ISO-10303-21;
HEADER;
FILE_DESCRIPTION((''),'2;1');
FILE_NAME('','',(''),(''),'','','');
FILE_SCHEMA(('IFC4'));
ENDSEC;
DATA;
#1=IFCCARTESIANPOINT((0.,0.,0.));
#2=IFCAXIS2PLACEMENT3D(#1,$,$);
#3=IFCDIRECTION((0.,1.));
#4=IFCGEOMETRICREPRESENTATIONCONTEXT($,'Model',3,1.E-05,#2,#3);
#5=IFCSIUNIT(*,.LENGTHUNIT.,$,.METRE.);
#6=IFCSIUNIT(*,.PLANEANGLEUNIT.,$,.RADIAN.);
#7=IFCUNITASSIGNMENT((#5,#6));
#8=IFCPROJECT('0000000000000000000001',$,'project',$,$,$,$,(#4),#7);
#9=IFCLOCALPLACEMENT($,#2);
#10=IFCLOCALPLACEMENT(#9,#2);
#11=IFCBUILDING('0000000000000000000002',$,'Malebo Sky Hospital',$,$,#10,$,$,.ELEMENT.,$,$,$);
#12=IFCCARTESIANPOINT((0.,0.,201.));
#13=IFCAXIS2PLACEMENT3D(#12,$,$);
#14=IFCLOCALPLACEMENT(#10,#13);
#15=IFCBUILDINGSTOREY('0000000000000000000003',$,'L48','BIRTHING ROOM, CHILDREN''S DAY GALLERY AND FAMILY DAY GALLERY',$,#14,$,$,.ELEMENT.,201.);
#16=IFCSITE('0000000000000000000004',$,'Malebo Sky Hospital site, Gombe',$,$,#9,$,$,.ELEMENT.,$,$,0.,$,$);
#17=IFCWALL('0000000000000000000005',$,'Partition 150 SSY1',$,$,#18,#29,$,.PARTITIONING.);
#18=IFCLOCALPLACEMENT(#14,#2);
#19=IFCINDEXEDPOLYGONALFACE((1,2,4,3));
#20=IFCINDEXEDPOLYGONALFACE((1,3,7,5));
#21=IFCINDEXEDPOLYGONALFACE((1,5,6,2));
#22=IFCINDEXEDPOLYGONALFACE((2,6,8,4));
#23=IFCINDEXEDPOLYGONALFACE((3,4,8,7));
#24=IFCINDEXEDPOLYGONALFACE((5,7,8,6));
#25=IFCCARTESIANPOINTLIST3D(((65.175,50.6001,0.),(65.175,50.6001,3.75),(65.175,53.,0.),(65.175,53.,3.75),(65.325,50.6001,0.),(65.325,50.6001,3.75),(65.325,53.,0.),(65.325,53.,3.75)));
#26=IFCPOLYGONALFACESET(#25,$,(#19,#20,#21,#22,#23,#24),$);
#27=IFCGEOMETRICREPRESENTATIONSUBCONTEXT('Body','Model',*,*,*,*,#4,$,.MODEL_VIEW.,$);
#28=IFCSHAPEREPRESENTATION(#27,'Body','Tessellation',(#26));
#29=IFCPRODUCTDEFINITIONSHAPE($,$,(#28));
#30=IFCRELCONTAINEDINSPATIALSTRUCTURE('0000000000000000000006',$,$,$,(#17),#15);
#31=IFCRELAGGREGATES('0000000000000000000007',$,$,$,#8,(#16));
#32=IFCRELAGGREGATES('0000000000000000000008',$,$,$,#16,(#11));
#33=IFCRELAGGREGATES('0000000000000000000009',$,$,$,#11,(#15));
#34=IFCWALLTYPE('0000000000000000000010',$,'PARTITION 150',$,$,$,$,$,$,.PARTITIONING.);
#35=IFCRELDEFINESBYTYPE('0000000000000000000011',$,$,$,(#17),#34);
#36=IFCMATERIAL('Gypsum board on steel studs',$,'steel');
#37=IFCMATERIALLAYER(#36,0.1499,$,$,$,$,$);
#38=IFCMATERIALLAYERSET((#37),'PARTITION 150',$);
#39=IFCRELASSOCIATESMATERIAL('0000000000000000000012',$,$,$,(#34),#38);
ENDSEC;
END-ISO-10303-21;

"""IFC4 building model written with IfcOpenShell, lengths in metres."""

from ifc_helpers import new_model, si_unit, direction, frame, frame_2d, origin, place, context, subcontext, project, spatial, rectangle, extrude, material, layer, layer_set, type_object, element, save


model = new_model("IFC4")

# Units and contexts
model_context = context("Model", 3, precision=1e-05, world=origin(), true_north=direction((0.0, 1.0)))
body_context = subcontext(model_context, "Body", "Model", "MODEL_VIEW")
ifc_project = project(units=[si_unit("LENGTHUNIT", "METRE"), si_unit("PLANEANGLEUNIT", "RADIAN")], contexts=[model_context])

# Site, building, storey
site_placement = place(None, origin())
site = spatial("IfcSite", under=ifc_project, at=site_placement, Name="Malebo Sky Hospital site, Gombe", CompositionType="ELEMENT", RefElevation=0.0)
building_placement = place(site_placement, origin())
building = spatial("IfcBuilding", under=site, at=building_placement, Name="Malebo Sky Hospital", CompositionType="ELEMENT")
storey_placement = place(building_placement, frame((0.0, 0.0, 201.0)))
storey = spatial("IfcBuildingStorey", under=building, at=storey_placement, Name="L48", Description="BIRTHING ROOM, CHILDREN'S DAY GALLERY AND FAMILY DAY GALLERY", CompositionType="ELEMENT", Elevation=201.0)

# Shared definitions
ifc_material_1 = material(Name="Gypsum board on steel studs", Category="steel")

# Shared definitions
ifc_layer_1 = layer(ifc_material_1, 0.1499)
ifc_layer_set_1 = layer_set([ifc_layer_1], Name="PARTITION 150")
wall_type_1 = type_object("IfcWallType", Name="PARTITION 150", PredefinedType="PARTITIONING", material=ifc_layer_set_1)

# Wall
wall_1_placement = place(storey_placement, frame((65.25, 53.0, 0.0), z_axis=(0.0, 0.0, 1.0), x_axis=(0.0, -1.0, 0.0)))
element("IfcWall", 1, at=wall_1_placement, inside=storey, type_object=wall_type_1, Name="Partition 150 SSY1", PredefinedType="PARTITIONING", context=body_context, shape_type="SweptSolid", body=[
    extrude(rectangle(XDim=2.3999, YDim=0.1499, at=frame_2d((1.2, 0.0))), origin(), (0.0, 0.0, 1.0), 3.75),
])

save(model, "model.ifc")
